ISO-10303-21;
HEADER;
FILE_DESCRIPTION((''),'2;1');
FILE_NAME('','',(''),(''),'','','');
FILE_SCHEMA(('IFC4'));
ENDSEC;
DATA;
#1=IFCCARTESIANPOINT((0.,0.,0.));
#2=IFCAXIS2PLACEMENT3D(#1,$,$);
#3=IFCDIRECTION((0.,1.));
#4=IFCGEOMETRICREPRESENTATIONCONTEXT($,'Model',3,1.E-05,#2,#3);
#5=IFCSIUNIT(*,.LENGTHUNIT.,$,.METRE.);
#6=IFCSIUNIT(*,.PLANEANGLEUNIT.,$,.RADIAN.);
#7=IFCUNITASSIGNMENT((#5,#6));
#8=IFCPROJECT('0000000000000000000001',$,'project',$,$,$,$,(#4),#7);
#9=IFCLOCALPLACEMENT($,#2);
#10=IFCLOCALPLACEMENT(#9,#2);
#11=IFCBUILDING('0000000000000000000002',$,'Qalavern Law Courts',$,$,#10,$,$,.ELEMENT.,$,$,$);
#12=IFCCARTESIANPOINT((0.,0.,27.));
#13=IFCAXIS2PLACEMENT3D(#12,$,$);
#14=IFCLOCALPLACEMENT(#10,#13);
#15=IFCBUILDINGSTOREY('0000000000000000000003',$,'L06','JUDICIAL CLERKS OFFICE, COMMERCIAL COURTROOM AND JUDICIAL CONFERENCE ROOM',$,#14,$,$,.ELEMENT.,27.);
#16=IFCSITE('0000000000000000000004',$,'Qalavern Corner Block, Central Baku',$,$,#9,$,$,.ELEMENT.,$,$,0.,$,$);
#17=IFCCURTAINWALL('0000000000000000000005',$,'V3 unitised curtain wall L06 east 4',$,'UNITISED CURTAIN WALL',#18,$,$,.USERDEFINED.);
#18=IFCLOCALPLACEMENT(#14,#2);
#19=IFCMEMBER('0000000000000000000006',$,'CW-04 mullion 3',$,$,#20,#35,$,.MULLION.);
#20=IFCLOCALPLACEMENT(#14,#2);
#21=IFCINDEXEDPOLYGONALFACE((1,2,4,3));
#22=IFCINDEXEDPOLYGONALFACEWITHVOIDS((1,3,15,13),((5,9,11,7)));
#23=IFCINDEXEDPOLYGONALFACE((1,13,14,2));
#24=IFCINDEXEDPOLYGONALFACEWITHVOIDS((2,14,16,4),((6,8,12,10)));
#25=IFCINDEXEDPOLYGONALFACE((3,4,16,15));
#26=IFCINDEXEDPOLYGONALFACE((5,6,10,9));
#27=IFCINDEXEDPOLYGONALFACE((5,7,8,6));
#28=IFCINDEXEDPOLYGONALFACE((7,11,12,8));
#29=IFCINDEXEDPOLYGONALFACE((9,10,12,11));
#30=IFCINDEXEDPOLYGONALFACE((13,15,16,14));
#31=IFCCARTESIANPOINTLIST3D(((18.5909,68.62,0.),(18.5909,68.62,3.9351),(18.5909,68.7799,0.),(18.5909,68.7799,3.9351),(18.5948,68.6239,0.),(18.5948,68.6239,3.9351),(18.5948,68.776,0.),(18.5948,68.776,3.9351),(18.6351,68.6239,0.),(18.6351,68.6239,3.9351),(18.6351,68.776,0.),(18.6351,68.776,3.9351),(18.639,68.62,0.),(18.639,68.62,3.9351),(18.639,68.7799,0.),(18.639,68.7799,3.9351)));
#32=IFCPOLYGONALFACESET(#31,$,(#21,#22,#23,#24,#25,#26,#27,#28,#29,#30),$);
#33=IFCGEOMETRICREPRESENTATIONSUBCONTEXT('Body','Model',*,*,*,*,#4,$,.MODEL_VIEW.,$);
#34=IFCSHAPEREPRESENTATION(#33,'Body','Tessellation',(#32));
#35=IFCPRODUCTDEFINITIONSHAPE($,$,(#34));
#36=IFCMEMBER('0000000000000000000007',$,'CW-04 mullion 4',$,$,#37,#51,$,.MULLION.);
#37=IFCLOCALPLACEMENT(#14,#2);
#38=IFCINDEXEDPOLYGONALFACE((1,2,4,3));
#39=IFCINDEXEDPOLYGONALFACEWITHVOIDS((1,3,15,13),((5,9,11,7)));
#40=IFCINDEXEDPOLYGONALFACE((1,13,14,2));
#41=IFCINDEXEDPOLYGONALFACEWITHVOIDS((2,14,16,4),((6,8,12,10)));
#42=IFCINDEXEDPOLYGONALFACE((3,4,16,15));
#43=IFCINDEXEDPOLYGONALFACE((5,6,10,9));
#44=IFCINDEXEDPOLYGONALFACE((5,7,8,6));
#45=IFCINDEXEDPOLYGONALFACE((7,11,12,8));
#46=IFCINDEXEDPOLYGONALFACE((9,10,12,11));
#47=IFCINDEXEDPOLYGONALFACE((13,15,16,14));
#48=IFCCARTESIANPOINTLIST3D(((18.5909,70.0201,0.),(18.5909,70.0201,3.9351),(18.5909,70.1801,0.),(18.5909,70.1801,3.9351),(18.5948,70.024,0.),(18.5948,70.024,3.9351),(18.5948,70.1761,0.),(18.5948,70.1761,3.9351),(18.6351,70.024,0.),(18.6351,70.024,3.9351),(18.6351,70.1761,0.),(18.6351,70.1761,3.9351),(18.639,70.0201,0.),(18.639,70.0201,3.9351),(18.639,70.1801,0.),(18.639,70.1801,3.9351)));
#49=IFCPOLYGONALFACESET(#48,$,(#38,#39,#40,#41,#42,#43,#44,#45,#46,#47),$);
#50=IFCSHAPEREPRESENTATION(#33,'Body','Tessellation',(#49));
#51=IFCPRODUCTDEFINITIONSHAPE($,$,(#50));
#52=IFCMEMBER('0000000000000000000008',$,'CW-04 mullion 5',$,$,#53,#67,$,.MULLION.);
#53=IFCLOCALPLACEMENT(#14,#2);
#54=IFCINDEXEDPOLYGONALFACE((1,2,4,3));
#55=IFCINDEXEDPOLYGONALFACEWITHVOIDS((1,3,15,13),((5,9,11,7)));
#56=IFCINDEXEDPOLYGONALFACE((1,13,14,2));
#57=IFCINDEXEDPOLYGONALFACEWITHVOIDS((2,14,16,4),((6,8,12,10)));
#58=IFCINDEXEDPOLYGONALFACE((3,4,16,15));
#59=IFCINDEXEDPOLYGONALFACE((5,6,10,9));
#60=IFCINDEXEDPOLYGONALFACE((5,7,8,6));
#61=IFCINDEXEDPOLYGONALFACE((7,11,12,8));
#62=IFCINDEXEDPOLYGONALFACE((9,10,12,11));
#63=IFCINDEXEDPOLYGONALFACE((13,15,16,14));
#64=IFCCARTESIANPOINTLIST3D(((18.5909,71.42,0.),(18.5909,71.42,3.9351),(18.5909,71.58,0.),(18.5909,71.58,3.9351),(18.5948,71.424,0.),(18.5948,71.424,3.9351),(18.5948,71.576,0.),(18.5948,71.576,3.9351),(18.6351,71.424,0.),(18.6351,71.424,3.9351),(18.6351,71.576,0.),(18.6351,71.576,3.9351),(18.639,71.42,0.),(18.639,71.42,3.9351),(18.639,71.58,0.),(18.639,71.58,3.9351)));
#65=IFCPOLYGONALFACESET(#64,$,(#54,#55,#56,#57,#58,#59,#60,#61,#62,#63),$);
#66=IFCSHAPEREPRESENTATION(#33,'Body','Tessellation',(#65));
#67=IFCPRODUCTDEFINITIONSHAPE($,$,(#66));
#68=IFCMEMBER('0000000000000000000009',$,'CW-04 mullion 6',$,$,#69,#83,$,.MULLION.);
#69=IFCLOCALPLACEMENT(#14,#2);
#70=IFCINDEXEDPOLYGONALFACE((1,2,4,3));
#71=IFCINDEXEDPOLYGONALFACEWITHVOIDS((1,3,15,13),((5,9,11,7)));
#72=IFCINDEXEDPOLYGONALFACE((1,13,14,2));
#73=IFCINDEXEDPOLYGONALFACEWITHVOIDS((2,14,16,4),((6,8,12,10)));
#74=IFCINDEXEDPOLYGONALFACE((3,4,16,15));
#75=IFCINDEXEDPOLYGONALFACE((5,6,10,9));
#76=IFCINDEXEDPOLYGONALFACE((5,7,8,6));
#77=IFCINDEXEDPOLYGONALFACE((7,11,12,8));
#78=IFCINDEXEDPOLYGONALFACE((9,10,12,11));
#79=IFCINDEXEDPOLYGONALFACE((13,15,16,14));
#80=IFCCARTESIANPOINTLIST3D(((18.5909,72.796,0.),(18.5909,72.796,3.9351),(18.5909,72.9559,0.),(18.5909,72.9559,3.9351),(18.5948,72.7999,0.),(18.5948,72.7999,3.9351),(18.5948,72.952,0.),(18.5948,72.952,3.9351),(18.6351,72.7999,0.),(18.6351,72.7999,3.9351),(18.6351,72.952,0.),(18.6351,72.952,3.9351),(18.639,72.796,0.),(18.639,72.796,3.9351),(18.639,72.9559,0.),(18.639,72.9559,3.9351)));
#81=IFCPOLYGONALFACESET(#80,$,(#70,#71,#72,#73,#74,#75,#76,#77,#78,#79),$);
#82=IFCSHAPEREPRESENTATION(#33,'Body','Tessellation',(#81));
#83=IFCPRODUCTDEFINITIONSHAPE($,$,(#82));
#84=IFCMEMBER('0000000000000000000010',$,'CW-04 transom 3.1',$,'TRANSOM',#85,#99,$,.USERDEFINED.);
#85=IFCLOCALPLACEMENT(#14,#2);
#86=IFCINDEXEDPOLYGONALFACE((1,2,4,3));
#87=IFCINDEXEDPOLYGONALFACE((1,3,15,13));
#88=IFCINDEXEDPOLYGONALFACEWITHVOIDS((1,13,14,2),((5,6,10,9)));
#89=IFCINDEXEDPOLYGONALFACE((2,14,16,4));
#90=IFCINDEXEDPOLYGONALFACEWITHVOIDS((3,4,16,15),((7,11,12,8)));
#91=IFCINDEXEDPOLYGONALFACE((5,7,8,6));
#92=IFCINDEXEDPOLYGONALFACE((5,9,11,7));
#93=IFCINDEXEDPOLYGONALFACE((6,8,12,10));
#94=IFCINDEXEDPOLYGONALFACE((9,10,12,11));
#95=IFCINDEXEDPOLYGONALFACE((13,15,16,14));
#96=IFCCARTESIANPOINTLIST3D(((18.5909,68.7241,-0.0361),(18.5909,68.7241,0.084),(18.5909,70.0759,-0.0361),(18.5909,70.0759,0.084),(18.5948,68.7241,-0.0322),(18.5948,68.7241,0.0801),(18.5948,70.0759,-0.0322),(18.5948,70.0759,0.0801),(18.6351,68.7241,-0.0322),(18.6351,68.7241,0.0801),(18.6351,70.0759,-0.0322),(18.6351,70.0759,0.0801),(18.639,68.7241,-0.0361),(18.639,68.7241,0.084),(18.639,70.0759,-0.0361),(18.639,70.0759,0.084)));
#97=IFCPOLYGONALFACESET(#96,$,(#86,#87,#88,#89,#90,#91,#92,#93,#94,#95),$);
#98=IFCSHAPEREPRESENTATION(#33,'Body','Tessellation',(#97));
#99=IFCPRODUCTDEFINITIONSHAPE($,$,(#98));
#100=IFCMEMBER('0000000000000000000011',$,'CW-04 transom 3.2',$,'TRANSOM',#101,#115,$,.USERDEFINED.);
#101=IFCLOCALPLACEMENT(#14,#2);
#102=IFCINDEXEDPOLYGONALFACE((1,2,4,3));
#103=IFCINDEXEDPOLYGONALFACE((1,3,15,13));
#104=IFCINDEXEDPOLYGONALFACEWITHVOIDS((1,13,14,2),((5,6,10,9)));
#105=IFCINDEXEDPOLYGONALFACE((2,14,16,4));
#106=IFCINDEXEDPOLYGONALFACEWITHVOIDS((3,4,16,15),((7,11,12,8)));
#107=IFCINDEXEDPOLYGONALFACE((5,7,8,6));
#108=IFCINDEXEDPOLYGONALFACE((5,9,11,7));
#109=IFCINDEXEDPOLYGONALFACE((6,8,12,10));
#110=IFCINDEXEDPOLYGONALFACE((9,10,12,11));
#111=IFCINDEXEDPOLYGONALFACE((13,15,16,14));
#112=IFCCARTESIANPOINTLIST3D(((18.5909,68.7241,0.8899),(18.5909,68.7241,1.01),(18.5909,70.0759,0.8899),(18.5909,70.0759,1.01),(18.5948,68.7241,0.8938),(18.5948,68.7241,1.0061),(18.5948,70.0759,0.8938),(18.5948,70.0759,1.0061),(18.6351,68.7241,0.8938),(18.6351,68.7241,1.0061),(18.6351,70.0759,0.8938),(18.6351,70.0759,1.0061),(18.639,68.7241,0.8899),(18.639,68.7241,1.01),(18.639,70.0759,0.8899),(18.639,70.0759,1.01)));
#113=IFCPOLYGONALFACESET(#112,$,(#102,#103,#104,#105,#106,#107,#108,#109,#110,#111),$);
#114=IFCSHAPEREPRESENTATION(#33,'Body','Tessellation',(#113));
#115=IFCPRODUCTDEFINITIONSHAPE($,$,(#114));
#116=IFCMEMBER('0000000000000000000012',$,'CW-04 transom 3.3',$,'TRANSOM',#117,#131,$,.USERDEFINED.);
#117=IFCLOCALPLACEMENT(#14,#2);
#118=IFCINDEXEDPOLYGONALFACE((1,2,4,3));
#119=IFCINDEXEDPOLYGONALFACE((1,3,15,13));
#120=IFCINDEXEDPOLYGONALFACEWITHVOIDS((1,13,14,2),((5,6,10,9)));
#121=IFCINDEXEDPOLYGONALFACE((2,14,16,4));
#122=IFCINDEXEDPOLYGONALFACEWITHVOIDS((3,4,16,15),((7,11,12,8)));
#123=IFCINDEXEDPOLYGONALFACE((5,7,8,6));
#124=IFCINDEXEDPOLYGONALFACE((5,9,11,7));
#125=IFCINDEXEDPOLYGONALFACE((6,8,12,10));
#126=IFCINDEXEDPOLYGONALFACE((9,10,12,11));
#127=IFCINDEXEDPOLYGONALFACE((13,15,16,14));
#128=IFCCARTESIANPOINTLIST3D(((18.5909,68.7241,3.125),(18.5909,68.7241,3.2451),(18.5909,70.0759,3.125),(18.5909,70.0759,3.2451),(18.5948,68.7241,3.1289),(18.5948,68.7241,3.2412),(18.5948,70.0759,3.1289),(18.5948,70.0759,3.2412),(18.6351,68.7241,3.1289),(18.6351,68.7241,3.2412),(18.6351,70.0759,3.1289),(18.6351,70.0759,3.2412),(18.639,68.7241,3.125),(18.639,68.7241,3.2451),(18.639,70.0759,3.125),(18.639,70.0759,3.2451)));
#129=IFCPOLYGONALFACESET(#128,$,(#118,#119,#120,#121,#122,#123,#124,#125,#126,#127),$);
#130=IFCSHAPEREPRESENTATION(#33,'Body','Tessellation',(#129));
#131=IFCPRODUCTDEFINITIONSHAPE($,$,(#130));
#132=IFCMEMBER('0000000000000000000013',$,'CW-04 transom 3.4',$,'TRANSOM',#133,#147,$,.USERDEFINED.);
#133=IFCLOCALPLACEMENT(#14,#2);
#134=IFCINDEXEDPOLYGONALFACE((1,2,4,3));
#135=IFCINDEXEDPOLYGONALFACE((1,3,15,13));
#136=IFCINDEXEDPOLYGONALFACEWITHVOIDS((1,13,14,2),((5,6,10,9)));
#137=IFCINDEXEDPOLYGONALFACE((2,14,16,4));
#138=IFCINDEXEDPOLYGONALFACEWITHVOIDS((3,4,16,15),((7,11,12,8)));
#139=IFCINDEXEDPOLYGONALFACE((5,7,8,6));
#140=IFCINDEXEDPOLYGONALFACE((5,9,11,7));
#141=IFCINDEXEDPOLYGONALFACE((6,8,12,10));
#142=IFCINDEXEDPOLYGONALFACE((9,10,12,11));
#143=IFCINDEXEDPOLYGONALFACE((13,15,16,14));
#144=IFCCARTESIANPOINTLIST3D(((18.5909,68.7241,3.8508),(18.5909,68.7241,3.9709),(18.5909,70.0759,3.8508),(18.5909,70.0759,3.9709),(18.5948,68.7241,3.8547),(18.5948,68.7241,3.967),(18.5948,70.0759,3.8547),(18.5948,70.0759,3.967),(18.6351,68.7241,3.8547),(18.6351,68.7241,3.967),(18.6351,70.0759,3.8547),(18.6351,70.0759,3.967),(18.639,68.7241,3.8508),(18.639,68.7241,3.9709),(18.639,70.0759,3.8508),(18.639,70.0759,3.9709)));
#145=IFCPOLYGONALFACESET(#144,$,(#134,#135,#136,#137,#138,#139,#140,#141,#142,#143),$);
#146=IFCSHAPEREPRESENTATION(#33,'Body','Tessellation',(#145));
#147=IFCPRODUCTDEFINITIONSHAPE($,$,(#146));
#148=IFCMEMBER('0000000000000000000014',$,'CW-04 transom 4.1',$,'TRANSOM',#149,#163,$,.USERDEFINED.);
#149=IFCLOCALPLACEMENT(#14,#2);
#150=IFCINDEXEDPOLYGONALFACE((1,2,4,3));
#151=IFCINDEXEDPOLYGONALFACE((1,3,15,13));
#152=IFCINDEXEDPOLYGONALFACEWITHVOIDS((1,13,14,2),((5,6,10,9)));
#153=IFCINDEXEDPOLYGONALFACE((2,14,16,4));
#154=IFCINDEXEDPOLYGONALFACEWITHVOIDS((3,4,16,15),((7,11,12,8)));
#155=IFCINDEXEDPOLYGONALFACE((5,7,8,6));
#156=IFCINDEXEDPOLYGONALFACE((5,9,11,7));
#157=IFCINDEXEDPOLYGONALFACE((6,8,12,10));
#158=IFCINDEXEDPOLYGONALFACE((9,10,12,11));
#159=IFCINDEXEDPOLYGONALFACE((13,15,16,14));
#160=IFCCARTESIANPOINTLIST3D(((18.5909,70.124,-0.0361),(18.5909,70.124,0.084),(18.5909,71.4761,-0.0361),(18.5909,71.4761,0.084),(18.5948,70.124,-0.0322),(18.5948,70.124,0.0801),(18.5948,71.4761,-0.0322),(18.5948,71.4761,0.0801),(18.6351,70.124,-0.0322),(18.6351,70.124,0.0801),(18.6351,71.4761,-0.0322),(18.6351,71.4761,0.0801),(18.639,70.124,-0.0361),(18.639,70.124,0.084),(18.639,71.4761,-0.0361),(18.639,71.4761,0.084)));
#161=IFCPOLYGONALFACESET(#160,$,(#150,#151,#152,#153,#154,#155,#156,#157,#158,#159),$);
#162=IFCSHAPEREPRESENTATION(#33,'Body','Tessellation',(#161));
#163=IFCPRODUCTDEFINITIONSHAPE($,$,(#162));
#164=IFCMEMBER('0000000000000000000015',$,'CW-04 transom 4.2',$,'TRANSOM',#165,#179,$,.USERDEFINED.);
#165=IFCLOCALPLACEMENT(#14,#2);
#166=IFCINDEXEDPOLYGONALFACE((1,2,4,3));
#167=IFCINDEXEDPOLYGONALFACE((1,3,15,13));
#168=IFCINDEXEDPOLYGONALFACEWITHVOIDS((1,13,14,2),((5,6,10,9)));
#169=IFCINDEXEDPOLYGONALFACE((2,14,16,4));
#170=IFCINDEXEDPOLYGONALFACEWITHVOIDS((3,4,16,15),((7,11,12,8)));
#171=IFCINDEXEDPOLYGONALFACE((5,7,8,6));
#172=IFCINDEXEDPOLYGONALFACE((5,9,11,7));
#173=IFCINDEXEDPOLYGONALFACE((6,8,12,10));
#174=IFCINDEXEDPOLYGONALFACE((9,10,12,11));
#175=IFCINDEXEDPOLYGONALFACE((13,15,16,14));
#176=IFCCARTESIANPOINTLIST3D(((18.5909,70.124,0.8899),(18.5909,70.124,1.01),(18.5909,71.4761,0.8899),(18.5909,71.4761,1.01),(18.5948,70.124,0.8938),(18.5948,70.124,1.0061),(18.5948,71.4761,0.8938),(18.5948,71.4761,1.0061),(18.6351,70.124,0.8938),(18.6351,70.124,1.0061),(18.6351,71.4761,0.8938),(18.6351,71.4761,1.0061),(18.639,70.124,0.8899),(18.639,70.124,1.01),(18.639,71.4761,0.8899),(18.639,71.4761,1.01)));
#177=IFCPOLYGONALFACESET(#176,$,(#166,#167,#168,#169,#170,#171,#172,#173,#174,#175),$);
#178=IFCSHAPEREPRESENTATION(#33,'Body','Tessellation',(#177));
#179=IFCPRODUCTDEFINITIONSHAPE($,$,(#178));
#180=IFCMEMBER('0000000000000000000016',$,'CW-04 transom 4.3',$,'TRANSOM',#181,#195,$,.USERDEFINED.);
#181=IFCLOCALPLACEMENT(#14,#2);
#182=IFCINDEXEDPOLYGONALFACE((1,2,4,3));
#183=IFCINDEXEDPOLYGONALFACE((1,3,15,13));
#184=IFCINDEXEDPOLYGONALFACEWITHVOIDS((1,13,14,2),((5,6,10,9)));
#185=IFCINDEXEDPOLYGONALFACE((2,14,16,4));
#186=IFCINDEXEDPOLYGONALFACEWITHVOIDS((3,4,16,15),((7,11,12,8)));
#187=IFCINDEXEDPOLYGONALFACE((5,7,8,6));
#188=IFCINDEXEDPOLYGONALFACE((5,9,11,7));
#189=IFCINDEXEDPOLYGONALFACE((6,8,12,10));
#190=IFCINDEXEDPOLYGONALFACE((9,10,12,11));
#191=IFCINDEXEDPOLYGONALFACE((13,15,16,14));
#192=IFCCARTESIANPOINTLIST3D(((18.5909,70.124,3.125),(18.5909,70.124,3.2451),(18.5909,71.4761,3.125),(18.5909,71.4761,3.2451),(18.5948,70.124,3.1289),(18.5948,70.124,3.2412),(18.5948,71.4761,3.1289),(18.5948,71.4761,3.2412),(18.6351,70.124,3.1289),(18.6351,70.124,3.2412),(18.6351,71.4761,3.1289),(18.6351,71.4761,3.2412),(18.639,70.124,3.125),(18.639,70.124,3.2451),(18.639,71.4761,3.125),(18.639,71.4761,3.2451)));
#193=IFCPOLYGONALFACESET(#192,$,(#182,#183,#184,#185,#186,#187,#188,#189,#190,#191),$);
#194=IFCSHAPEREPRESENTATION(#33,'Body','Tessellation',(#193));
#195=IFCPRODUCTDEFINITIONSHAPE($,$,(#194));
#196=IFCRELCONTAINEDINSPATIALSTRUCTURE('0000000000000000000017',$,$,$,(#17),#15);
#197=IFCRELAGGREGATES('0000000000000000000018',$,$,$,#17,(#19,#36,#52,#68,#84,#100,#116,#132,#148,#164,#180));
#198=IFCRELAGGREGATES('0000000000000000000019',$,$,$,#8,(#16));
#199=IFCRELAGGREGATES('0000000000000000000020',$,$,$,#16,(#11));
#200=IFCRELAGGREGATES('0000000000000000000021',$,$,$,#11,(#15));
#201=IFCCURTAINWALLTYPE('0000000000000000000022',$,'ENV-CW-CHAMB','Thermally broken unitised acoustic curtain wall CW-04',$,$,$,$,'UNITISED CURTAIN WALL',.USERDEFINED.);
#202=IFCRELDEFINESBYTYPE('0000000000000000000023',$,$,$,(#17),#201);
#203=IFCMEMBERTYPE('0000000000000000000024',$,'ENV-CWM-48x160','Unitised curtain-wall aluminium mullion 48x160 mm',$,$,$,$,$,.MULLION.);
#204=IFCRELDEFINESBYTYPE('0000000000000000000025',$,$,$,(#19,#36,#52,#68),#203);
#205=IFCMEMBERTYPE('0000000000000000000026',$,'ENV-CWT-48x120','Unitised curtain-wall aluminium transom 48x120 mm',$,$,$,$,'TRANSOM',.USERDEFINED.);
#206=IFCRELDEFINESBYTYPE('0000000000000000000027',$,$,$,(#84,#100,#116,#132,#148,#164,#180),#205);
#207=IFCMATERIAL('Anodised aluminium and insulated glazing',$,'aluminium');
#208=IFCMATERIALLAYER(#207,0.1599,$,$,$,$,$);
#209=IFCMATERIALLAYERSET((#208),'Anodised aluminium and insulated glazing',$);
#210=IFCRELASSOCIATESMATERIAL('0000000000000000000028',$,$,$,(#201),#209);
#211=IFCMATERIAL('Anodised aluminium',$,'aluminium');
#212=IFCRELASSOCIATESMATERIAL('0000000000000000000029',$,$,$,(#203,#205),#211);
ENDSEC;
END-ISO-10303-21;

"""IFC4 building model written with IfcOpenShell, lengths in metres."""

from ifc_helpers import new_model, si_unit, direction, frame, origin, origin_2d, place, context, subcontext, project, spatial, hollow_rectangle, extrude, material, layer, layer_set, material_profile, profile_set, type_object, element, aggregate, save


model = new_model("IFC4")

# Units and contexts
model_context = context("Model", 3, precision=1e-05, world=origin(), true_north=direction((0.0, 1.0)))
body_context = subcontext(model_context, "Body", "Model", "MODEL_VIEW")
ifc_project = project(units=[si_unit("LENGTHUNIT", "METRE"), si_unit("PLANEANGLEUNIT", "RADIAN")], contexts=[model_context])

# Site, building, storey
site_placement = place(None, origin())
site = spatial("IfcSite", under=ifc_project, at=site_placement, Name="Qalavern Corner Block, Central Baku", CompositionType="ELEMENT", RefElevation=0.0)
building_placement = place(site_placement, origin())
building = spatial("IfcBuilding", under=site, at=building_placement, Name="Qalavern Law Courts", CompositionType="ELEMENT")
storey_placement = place(building_placement, frame((0.0, 0.0, 27.0)))
storey = spatial("IfcBuildingStorey", under=building, at=storey_placement, Name="L06", Description="JUDICIAL CLERKS OFFICE, COMMERCIAL COURTROOM AND JUDICIAL CONFERENCE ROOM", CompositionType="ELEMENT", Elevation=27.0)

# Curtain wall, members
ifc_material_1 = material(Name="Anodised aluminium and insulated glazing", Category="aluminium")
ifc_layer_1 = layer(ifc_material_1, 0.1599)
ifc_layer_set_1 = layer_set([ifc_layer_1], Name="Anodised aluminium and insulated glazing")
curtain_wall_type = type_object("IfcCurtainWallType", Name="ENV-CW-CHAMB", Description="Thermally broken unitised acoustic curtain wall CW-04", ElementType="UNITISED CURTAIN WALL", PredefinedType="USERDEFINED", material=ifc_layer_set_1)
curtain_wall_placement = place(storey_placement, origin())
curtain_wall = element("IfcCurtainWall", 1, at=curtain_wall_placement, inside=storey, type_object=curtain_wall_type, Name="V3 unitised curtain wall L06 east 4", ObjectType="UNITISED CURTAIN WALL", PredefinedType="USERDEFINED")
ifc_material_2 = material(Name="Anodised aluminium", Category="aluminium")
ifc_material_profile_1 = material_profile(ifc_material_2, hollow_rectangle(XDim=0.0481, YDim=0.1599, WallThickness=0.0039, at=origin_2d()), Name="ALU MULLION 48x160")
ifc_profile_set_1 = profile_set([ifc_material_profile_1], Name="Anodised aluminium")
member_type_1 = type_object("IfcMemberType", Name="ENV-CWM-48x160", Description="Unitised curtain-wall aluminium mullion 48x160 mm", PredefinedType="MULLION", material=ifc_profile_set_1)
member_1_placement = place(storey_placement, frame((18.615, 68.7, 0.0), z_axis=(0.0, 0.0, 1.0), x_axis=(-1.0, 0.0, 0.0)))
member_1 = element("IfcMember", 2, at=member_1_placement, type_object=member_type_1, Name="CW-04 mullion 3", PredefinedType="MULLION", context=body_context, shape_type="SweptSolid", body=[
    extrude(hollow_rectangle(XDim=0.0481, YDim=0.1599, WallThickness=0.0039, at=origin_2d()), origin(), (0.0, 0.0, 1.0), 3.9351),
])
member_2_placement = place(storey_placement, frame((18.615, 70.1001, 0.0), z_axis=(0.0, 0.0, 1.0), x_axis=(-1.0, 0.0, 0.0)))
member_2 = element("IfcMember", 3, at=member_2_placement, type_object=member_type_1, Name="CW-04 mullion 4", PredefinedType="MULLION", context=body_context, shape_type="SweptSolid", body=[
    extrude(hollow_rectangle(XDim=0.0481, YDim=0.1599, WallThickness=0.0039, at=origin_2d()), origin(), (0.0, 0.0, 1.0), 3.9351),
])
member_3_placement = place(storey_placement, frame((18.615, 71.5, 0.0), z_axis=(0.0, 0.0, 1.0), x_axis=(-1.0, 0.0, 0.0)))
member_3 = element("IfcMember", 4, at=member_3_placement, type_object=member_type_1, Name="CW-04 mullion 5", PredefinedType="MULLION", context=body_context, shape_type="SweptSolid", body=[
    extrude(hollow_rectangle(XDim=0.0481, YDim=0.1599, WallThickness=0.0039, at=origin_2d()), origin(), (0.0, 0.0, 1.0), 3.9351),
])
member_4_placement = place(storey_placement, frame((18.615, 72.876, 0.0), z_axis=(0.0, 0.0, 1.0), x_axis=(-1.0, 0.0, 0.0)))
member_4 = element("IfcMember", 5, at=member_4_placement, type_object=member_type_1, Name="CW-04 mullion 6", PredefinedType="MULLION", context=body_context, shape_type="SweptSolid", body=[
    extrude(hollow_rectangle(XDim=0.0481, YDim=0.1599, WallThickness=0.0039, at=origin_2d()), origin(), (0.0, 0.0, 1.0), 3.9351),
])
ifc_material_profile_2 = material_profile(ifc_material_2, hollow_rectangle(XDim=0.0481, YDim=0.1201, WallThickness=0.0039, at=origin_2d()), Name="ALU TRANSOM 48x120")
ifc_profile_set_2 = profile_set([ifc_material_profile_2], Name="Anodised aluminium")
member_type_2 = type_object("IfcMemberType", Name="ENV-CWT-48x120", Description="Unitised curtain-wall aluminium transom 48x120 mm", ElementType="TRANSOM", PredefinedType="USERDEFINED", material=ifc_profile_set_2)
member_5_placement = place(storey_placement, frame((18.615, 68.7241, 0.0239), z_axis=(0.0, 1.0, 0.0), x_axis=(-1.0, 0.0, 0.0)))
member_5 = element("IfcMember", 6, at=member_5_placement, type_object=member_type_2, Name="CW-04 transom 3.1", ObjectType="TRANSOM", PredefinedType="USERDEFINED", context=body_context, shape_type="SweptSolid", body=[
    extrude(hollow_rectangle(XDim=0.0481, YDim=0.1201, WallThickness=0.0039, at=origin_2d()), origin(), (0.0, 0.0, 1.0), 1.3518),
])
member_6_placement = place(storey_placement, frame((18.615, 68.7241, 0.95), z_axis=(0.0, 1.0, 0.0), x_axis=(-1.0, 0.0, 0.0)))
member_6 = element("IfcMember", 7, at=member_6_placement, type_object=member_type_2, Name="CW-04 transom 3.2", ObjectType="TRANSOM", PredefinedType="USERDEFINED", context=body_context, shape_type="SweptSolid", body=[
    extrude(hollow_rectangle(XDim=0.0481, YDim=0.1201, WallThickness=0.0039, at=origin_2d()), origin(), (0.0, 0.0, 1.0), 1.3518),
])
member_7_placement = place(storey_placement, frame((18.615, 68.7241, 3.1851), z_axis=(0.0, 1.0, 0.0), x_axis=(-1.0, 0.0, 0.0)))
member_7 = element("IfcMember", 8, at=member_7_placement, type_object=member_type_2, Name="CW-04 transom 3.3", ObjectType="TRANSOM", PredefinedType="USERDEFINED", context=body_context, shape_type="SweptSolid", body=[
    extrude(hollow_rectangle(XDim=0.0481, YDim=0.1201, WallThickness=0.0039, at=origin_2d()), origin(), (0.0, 0.0, 1.0), 1.3518),
])
member_8_placement = place(storey_placement, frame((18.615, 68.7241, 3.9109), z_axis=(0.0, 1.0, 0.0), x_axis=(-1.0, 0.0, 0.0)))
member_8 = element("IfcMember", 9, at=member_8_placement, type_object=member_type_2, Name="CW-04 transom 3.4", ObjectType="TRANSOM", PredefinedType="USERDEFINED", context=body_context, shape_type="SweptSolid", body=[
    extrude(hollow_rectangle(XDim=0.0481, YDim=0.1201, WallThickness=0.0039, at=origin_2d()), origin(), (0.0, 0.0, 1.0), 1.3518),
])
member_9_placement = place(storey_placement, frame((18.615, 70.124, 0.0239), z_axis=(0.0, 1.0, 0.0), x_axis=(-1.0, 0.0, 0.0)))
member_9 = element("IfcMember", 10, at=member_9_placement, type_object=member_type_2, Name="CW-04 transom 4.1", ObjectType="TRANSOM", PredefinedType="USERDEFINED", context=body_context, shape_type="SweptSolid", body=[
    extrude(hollow_rectangle(XDim=0.0481, YDim=0.1201, WallThickness=0.0039, at=origin_2d()), origin(), (0.0, 0.0, 1.0), 1.3521),
])
member_10_placement = place(storey_placement, frame((18.615, 70.124, 0.95), z_axis=(0.0, 1.0, 0.0), x_axis=(-1.0, 0.0, 0.0)))
member_10 = element("IfcMember", 11, at=member_10_placement, type_object=member_type_2, Name="CW-04 transom 4.2", ObjectType="TRANSOM", PredefinedType="USERDEFINED", context=body_context, shape_type="SweptSolid", body=[
    extrude(hollow_rectangle(XDim=0.0481, YDim=0.1201, WallThickness=0.0039, at=origin_2d()), origin(), (0.0, 0.0, 1.0), 1.3521),
])
member_11_placement = place(storey_placement, frame((18.615, 70.124, 3.1851), z_axis=(0.0, 1.0, 0.0), x_axis=(-1.0, 0.0, 0.0)))
member_11 = element("IfcMember", 12, at=member_11_placement, type_object=member_type_2, Name="CW-04 transom 4.3", ObjectType="TRANSOM", PredefinedType="USERDEFINED", context=body_context, shape_type="SweptSolid", body=[
    extrude(hollow_rectangle(XDim=0.0481, YDim=0.1201, WallThickness=0.0039, at=origin_2d()), origin(), (0.0, 0.0, 1.0), 1.3521),
])
aggregate(curtain_wall, [member_1, member_2, member_3, member_4, member_5, member_6, member_7, member_8, member_9, member_10, member_11])

save(model, "model.ifc")
